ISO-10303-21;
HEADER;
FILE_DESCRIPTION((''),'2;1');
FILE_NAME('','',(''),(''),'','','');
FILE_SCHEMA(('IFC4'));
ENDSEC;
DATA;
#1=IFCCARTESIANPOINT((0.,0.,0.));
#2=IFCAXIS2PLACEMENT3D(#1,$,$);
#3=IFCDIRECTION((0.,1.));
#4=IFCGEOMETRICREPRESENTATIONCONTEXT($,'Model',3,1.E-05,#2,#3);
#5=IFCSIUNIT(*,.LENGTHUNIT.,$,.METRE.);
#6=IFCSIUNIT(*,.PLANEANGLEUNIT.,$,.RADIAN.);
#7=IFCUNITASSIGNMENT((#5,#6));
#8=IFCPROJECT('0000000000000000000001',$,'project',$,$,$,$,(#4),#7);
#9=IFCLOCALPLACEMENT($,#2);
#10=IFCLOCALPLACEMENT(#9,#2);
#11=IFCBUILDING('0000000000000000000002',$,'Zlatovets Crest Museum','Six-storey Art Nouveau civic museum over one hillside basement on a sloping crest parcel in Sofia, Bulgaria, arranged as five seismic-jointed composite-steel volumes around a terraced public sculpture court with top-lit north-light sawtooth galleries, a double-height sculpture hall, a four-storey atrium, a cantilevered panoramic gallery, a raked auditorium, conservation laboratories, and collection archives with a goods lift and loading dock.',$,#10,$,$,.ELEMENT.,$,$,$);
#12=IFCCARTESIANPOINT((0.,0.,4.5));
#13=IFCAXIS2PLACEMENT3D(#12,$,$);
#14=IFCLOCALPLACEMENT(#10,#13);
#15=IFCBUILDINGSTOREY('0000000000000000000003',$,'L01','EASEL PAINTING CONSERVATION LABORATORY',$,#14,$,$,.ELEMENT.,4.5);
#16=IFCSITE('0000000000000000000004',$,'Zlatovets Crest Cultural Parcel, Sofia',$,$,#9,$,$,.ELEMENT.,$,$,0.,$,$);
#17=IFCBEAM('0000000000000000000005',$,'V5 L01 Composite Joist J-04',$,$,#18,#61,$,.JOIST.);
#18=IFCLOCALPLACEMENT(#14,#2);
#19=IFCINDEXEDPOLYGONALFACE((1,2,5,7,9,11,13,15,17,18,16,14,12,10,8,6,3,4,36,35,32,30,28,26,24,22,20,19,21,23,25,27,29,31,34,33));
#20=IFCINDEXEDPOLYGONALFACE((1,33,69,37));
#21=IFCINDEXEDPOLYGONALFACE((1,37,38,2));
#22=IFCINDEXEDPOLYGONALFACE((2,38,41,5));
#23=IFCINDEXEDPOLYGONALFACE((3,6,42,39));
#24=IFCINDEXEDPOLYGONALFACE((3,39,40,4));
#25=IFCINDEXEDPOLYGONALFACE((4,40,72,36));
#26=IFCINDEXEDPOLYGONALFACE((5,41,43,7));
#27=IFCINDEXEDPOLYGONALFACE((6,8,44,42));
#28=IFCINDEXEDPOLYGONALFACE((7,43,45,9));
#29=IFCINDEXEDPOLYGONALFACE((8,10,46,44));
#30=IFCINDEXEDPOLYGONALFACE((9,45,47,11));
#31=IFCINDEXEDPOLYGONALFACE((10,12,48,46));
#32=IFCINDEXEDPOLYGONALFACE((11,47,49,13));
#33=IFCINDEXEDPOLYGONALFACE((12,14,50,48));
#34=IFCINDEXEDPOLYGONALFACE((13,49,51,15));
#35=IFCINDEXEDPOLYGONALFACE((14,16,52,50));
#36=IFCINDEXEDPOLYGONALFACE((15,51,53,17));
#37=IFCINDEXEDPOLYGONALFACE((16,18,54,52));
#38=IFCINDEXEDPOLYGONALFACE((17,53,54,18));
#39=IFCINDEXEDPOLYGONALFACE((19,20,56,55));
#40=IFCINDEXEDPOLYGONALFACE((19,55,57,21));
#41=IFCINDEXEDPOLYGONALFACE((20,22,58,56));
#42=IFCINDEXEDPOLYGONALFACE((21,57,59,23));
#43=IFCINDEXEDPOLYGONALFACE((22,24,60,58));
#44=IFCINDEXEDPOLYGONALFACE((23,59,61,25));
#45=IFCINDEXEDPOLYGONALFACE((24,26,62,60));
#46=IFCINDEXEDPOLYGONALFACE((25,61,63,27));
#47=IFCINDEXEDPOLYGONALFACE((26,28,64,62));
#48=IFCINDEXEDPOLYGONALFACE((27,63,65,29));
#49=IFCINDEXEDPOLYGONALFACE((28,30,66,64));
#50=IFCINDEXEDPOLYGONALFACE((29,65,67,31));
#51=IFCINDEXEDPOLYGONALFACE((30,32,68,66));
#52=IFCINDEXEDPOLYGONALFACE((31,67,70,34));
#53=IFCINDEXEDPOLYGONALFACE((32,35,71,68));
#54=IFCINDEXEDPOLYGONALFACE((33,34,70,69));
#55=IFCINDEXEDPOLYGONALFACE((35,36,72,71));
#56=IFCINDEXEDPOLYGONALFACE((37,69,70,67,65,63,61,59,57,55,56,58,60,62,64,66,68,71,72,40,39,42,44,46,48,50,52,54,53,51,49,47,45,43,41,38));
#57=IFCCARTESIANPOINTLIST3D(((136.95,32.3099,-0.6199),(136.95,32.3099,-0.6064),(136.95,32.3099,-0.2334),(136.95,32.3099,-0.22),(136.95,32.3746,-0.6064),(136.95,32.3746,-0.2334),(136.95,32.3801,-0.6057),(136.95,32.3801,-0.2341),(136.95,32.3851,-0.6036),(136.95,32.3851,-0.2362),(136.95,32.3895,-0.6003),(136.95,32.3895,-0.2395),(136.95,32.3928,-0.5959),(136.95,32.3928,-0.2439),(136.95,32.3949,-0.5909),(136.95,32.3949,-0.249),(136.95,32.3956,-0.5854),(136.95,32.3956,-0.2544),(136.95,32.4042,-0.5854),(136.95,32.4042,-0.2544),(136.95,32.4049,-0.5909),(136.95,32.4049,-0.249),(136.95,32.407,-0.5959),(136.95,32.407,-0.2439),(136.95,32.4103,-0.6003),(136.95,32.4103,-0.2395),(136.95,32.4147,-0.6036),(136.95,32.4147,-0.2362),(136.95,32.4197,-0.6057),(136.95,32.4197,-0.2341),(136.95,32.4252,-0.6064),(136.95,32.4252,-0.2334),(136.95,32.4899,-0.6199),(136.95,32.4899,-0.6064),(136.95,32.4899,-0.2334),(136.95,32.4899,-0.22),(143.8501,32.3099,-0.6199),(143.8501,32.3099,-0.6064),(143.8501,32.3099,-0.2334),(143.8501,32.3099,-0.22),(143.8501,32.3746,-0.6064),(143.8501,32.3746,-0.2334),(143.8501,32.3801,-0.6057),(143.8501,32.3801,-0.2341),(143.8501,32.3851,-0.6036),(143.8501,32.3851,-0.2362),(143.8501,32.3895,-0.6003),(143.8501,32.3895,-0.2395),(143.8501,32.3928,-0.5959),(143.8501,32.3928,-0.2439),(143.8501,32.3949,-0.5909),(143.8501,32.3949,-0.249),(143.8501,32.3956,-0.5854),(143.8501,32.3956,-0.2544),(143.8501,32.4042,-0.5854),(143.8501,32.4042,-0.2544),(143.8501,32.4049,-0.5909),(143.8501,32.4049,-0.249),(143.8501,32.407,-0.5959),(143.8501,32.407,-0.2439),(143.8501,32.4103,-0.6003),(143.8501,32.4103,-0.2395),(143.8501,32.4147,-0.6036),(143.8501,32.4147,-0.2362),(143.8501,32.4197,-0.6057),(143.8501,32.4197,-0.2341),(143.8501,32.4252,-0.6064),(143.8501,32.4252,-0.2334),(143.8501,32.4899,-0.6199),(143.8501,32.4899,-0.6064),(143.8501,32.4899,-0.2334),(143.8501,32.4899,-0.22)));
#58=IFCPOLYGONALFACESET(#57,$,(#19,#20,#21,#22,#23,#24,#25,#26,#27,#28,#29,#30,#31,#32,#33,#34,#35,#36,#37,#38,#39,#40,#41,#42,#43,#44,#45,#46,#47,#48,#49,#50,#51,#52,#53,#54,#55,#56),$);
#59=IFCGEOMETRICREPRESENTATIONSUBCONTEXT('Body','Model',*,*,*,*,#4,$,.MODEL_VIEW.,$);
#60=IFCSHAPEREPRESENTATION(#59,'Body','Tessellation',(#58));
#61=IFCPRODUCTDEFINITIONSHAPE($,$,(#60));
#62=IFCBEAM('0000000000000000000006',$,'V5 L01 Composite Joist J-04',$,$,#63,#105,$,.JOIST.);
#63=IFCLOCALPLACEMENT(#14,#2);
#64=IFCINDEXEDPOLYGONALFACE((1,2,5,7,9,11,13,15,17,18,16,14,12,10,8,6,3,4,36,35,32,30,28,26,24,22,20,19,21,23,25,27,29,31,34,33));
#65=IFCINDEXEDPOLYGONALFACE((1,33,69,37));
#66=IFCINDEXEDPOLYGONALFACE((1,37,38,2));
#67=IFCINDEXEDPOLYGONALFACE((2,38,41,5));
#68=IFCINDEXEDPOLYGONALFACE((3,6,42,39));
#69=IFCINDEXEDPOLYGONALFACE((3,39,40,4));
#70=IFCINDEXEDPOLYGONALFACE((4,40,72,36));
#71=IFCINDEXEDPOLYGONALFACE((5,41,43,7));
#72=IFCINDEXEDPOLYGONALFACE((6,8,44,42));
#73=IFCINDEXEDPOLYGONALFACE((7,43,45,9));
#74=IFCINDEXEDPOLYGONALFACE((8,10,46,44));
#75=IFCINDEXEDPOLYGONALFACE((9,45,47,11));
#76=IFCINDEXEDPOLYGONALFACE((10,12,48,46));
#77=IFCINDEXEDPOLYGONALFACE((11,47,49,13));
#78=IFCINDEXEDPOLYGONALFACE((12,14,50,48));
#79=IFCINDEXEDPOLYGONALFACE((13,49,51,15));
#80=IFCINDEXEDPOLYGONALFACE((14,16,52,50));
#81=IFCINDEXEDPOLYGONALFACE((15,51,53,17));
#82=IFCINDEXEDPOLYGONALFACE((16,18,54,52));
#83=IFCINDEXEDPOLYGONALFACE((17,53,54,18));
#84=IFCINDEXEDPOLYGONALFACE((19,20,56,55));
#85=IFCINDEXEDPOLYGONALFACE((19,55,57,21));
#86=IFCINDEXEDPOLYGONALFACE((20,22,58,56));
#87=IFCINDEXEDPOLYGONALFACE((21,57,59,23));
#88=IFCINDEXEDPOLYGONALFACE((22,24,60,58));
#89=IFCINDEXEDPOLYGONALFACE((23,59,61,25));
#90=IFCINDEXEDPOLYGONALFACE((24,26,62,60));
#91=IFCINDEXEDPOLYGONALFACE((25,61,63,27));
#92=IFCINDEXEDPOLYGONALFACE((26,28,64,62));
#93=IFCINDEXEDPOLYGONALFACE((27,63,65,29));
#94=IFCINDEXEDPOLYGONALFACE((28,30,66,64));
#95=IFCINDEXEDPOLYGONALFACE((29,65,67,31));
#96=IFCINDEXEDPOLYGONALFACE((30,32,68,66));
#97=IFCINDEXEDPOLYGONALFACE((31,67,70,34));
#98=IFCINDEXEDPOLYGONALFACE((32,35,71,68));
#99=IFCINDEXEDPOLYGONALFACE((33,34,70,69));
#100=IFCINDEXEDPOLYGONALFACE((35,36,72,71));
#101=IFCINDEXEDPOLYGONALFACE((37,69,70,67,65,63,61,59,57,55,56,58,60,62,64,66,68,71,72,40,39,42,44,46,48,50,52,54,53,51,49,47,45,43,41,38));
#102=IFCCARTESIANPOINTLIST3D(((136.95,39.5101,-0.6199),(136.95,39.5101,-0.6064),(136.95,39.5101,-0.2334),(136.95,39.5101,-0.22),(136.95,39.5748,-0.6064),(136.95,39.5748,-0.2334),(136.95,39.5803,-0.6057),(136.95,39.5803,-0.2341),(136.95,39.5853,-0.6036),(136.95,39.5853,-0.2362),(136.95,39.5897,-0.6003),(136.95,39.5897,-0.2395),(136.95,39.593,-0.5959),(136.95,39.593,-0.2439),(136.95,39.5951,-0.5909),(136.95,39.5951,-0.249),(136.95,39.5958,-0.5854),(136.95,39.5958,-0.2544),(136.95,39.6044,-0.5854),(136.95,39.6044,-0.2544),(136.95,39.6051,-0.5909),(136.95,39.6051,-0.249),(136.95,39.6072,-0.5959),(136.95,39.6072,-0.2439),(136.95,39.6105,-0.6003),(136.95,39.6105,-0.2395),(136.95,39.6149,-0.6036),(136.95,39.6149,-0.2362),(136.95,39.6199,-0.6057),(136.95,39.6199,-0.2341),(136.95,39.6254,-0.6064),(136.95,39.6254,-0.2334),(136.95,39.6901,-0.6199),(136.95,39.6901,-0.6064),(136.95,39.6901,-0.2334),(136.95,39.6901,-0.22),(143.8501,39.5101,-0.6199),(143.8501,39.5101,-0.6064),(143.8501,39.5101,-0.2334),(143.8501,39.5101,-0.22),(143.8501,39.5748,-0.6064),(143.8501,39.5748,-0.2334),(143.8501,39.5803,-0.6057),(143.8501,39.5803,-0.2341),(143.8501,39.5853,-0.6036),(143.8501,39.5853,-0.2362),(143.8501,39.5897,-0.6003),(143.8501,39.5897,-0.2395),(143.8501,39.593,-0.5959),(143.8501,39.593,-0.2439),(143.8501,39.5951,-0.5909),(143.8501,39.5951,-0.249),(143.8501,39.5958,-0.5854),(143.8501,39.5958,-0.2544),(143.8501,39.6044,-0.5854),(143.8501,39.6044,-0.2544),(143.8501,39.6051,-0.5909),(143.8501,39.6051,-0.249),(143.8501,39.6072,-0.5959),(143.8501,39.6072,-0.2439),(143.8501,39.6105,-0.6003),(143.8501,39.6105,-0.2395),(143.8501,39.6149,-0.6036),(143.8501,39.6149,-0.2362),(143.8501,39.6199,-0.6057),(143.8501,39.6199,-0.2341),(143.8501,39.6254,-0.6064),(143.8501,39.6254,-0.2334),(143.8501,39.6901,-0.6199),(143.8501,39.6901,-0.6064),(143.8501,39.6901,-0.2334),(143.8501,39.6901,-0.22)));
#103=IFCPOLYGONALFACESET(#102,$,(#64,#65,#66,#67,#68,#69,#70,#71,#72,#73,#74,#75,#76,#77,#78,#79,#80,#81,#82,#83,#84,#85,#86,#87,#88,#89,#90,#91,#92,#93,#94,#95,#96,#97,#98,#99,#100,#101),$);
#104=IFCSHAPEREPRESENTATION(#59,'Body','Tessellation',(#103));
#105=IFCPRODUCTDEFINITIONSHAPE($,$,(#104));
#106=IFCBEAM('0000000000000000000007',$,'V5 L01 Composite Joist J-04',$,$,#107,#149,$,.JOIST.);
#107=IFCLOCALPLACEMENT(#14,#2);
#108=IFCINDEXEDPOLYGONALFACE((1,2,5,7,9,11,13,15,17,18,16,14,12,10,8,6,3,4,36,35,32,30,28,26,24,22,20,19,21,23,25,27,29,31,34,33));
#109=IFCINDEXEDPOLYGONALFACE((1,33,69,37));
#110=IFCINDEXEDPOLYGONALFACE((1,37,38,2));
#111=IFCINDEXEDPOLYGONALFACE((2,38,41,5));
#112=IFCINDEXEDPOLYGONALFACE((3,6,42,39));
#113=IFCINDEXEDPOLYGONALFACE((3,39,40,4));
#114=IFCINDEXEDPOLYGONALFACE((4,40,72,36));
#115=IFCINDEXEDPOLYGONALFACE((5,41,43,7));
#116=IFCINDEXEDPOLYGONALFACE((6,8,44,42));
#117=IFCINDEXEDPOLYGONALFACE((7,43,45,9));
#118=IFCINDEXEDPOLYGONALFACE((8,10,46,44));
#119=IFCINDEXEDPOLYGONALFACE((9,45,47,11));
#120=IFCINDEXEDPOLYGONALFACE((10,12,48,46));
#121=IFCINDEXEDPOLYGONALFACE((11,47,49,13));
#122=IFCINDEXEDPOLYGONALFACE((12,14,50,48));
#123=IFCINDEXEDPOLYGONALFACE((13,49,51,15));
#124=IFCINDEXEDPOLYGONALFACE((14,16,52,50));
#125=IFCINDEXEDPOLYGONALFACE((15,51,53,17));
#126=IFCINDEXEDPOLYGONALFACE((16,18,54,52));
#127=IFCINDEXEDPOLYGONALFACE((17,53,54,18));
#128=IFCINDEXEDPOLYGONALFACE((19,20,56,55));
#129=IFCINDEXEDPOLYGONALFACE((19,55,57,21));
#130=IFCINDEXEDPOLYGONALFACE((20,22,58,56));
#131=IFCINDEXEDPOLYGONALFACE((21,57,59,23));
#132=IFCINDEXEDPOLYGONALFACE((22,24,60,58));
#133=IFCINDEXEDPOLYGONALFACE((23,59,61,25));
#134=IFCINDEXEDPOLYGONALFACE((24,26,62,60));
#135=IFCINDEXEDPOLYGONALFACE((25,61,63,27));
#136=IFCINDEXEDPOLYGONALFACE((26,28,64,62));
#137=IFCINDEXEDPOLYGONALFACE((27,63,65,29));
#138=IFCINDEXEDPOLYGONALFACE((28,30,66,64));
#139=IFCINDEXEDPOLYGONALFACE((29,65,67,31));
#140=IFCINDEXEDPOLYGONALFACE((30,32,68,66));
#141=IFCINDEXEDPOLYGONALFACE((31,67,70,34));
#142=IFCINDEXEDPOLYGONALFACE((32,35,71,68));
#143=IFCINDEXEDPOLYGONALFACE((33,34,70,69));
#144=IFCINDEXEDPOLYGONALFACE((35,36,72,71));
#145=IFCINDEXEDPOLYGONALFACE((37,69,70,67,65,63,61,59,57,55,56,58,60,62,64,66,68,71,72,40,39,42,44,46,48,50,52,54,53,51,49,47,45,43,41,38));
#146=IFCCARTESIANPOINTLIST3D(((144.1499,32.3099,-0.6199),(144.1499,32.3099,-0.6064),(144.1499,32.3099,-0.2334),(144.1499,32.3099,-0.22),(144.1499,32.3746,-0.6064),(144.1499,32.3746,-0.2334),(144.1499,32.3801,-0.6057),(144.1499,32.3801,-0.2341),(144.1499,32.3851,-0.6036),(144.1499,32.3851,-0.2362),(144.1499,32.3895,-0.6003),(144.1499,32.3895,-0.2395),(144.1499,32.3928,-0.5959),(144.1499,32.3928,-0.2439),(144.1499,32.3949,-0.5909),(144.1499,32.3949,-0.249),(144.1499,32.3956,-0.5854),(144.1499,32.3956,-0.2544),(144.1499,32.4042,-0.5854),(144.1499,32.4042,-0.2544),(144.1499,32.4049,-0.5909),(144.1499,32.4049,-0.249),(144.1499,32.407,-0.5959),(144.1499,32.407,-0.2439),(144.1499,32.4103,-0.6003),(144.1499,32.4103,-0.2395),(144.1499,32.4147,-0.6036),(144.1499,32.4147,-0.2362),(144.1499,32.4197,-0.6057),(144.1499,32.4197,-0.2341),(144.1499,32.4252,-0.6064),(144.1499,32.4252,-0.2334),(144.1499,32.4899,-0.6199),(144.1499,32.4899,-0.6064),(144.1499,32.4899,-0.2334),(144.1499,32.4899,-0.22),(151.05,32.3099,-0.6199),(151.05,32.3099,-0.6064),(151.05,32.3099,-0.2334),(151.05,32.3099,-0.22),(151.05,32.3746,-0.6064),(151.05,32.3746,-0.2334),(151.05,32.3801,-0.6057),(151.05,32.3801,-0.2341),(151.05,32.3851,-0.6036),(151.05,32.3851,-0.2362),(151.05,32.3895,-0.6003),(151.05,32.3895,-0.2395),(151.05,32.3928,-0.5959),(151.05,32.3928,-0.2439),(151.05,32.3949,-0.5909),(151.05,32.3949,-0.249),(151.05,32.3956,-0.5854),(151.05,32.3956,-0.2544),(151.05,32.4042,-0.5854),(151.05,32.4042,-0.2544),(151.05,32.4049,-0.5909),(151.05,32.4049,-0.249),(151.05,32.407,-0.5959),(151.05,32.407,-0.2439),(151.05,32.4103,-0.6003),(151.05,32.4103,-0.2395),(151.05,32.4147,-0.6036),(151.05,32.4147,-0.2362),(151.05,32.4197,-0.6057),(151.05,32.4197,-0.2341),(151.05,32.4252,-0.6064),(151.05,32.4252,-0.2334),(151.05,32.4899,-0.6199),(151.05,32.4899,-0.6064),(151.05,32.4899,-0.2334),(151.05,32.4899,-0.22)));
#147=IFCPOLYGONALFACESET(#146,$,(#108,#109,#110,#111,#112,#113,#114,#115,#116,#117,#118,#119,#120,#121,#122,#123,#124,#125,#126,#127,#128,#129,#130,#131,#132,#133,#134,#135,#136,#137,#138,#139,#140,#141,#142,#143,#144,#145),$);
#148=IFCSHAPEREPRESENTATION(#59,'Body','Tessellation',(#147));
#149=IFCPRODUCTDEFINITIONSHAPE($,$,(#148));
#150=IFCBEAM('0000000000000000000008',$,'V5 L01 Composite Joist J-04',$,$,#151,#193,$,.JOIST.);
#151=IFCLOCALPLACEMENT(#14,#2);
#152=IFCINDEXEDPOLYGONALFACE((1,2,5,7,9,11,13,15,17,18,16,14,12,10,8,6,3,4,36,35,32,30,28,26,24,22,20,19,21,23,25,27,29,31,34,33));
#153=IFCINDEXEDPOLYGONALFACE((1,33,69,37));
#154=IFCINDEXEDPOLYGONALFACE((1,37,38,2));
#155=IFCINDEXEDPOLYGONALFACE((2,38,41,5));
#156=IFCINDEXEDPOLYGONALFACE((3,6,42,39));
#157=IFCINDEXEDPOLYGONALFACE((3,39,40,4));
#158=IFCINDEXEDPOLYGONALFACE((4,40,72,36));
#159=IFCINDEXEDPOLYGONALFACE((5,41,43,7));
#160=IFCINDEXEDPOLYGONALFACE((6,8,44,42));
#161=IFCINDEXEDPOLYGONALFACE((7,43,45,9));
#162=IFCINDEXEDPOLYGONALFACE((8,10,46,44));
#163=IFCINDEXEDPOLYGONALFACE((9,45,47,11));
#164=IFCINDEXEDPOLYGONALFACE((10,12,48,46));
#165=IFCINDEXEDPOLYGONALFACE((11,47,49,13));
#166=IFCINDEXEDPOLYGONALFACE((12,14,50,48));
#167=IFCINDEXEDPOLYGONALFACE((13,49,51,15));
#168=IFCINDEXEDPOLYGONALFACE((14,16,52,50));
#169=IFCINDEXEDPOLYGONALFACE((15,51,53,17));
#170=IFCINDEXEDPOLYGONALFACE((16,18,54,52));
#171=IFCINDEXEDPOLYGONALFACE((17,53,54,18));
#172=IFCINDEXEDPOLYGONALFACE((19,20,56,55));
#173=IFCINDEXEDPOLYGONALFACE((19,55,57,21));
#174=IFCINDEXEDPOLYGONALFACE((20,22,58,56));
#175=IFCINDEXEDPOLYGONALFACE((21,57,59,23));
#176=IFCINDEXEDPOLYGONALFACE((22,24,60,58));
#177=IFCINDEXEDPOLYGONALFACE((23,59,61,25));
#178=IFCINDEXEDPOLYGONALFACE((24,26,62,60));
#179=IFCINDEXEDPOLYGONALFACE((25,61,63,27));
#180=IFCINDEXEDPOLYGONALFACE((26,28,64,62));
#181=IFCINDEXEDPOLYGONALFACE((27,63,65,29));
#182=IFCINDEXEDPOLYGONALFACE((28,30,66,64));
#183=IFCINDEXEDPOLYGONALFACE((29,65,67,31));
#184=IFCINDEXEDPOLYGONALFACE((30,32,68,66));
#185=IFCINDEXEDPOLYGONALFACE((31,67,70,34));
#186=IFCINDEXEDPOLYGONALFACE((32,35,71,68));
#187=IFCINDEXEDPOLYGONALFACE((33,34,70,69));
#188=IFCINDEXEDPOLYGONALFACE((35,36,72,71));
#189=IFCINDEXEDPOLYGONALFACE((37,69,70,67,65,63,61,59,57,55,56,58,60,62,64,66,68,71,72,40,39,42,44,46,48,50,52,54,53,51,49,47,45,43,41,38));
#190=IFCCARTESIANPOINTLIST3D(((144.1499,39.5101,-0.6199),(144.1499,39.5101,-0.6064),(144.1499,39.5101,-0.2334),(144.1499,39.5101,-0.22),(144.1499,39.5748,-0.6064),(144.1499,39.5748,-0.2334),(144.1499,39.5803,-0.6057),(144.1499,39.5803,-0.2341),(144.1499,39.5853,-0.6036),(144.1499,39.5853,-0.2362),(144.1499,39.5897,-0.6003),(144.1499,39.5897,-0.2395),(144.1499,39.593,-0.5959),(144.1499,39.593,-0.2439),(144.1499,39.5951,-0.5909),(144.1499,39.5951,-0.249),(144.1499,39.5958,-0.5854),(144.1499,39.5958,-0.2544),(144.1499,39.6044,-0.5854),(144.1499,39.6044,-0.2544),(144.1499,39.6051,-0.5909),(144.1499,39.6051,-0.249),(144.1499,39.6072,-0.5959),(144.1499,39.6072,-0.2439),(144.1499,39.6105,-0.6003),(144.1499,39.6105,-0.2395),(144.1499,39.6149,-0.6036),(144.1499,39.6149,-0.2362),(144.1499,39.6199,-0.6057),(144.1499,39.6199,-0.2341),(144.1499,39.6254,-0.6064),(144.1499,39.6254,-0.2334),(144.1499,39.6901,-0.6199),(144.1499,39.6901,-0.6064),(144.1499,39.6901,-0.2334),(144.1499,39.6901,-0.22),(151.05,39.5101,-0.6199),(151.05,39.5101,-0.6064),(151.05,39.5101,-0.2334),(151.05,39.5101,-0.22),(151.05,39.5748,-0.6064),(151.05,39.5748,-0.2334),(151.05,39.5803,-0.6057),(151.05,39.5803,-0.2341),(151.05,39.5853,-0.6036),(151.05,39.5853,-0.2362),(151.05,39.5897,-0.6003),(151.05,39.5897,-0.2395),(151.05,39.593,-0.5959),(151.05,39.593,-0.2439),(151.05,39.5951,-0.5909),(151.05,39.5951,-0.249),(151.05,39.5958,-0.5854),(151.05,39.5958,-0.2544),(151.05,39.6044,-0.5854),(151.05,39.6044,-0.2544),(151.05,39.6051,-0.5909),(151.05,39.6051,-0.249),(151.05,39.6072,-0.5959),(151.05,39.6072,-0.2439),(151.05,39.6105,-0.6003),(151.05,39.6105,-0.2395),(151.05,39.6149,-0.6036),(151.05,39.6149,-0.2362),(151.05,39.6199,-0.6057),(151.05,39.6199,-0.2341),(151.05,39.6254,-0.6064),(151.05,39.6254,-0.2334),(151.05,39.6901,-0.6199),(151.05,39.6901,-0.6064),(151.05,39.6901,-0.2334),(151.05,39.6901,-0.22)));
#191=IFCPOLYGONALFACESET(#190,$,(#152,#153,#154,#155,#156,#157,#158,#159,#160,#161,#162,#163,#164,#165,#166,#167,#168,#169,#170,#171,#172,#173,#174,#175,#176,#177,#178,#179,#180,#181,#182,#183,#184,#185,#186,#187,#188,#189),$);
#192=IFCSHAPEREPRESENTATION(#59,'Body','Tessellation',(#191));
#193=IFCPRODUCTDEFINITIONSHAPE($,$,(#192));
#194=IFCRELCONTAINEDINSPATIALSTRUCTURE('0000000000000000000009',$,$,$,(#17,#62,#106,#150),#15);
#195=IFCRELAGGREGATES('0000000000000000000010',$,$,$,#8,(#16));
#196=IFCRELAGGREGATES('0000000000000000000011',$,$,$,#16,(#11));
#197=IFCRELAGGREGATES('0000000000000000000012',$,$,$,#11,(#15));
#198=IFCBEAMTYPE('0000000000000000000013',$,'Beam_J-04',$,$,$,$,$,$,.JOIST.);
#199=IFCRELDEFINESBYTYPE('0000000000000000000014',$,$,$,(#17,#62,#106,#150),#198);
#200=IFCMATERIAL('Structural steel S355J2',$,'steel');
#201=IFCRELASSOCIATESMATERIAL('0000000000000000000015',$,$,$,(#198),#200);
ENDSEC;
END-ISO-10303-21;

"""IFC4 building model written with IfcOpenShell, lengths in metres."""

from ifc_helpers import new_model, si_unit, direction, frame, origin, origin_2d, place, context, subcontext, project, spatial, i_section, extrude, material, material_profile, profile_set, type_object, element, save


model = new_model("IFC4")

# Units and contexts
model_context = context("Model", 3, precision=1e-05, world=origin(), true_north=direction((0.0, 1.0)))
body_context = subcontext(model_context, "Body", "Model", "MODEL_VIEW")
ifc_project = project(units=[si_unit("LENGTHUNIT", "METRE"), si_unit("PLANEANGLEUNIT", "RADIAN")], contexts=[model_context])

# Site, building, storey
site_placement = place(None, origin())
site = spatial("IfcSite", under=ifc_project, at=site_placement, Name="Zlatovets Crest Cultural Parcel, Sofia", CompositionType="ELEMENT", RefElevation=0.0)
building_placement = place(site_placement, origin())
building = spatial("IfcBuilding", under=site, at=building_placement, Name="Zlatovets Crest Museum", Description="Six-storey Art Nouveau civic museum over one hillside basement on a sloping crest parcel in Sofia, Bulgaria, arranged as five seismic-jointed composite-steel volumes around a terraced public sculpture court with top-lit north-light sawtooth galleries, a double-height sculpture hall, a four-storey atrium, a cantilevered panoramic gallery, a raked auditorium, conservation laboratories, and collection archives with a goods lift and loading dock.", CompositionType="ELEMENT")
storey_placement = place(building_placement, frame((0.0, 0.0, 4.5)))
storey = spatial("IfcBuildingStorey", under=building, at=storey_placement, Name="L01", Description="EASEL PAINTING CONSERVATION LABORATORY", CompositionType="ELEMENT", Elevation=4.5)

# Shared definitions
ifc_material = material(Name="Structural steel S355J2", Category="steel")

# Beams
ifc_material_profile_1 = material_profile(ifc_material, i_section(OverallWidth=0.1799, OverallDepth=0.3999, WebThickness=0.0085, FlangeThickness=0.0134, FilletRadius=0.021, at=origin_2d()), Name="IPE 400")
ifc_profile_set_1 = profile_set([ifc_material_profile_1], Name="Structural steel S355J2")
beam_type_1 = type_object("IfcBeamType", Name="Beam_J-04", PredefinedType="JOIST", material=ifc_profile_set_1)
for number, where, z_axis, x_axis, name in (
    (1, (136.95, 32.3999, -0.4199), (1.0, 0.0, 0.0), (0.0, 1.0, 0.0), "V5 L01 Composite Joist J-04"),
    (2, (136.95, 39.6001, -0.4199), (1.0, 0.0, 0.0), (0.0, 1.0, 0.0), "V5 L01 Composite Joist J-04"),
    (3, (144.1499, 32.3999, -0.4199), (1.0, 0.0, 0.0), (0.0, 1.0, 0.0), "V5 L01 Composite Joist J-04"),
    (4, (144.1499, 39.6001, -0.4199), (1.0, 0.0, 0.0), (0.0, 1.0, 0.0), "V5 L01 Composite Joist J-04"),
):
    element("IfcBeam", number, at=place(storey_placement, frame(where, z_axis=z_axis, x_axis=x_axis)), inside=storey, type_object=beam_type_1, Name=name, PredefinedType="JOIST", context=body_context, shape_type="SweptSolid", body=[
        extrude(i_section(OverallWidth=0.1799, OverallDepth=0.3999, WebThickness=0.0085, FlangeThickness=0.0134, FilletRadius=0.021, at=origin_2d()), origin(), (0.0, 0.0, 1.0), 6.9001),
    ])

save(model, "model.ifc")
